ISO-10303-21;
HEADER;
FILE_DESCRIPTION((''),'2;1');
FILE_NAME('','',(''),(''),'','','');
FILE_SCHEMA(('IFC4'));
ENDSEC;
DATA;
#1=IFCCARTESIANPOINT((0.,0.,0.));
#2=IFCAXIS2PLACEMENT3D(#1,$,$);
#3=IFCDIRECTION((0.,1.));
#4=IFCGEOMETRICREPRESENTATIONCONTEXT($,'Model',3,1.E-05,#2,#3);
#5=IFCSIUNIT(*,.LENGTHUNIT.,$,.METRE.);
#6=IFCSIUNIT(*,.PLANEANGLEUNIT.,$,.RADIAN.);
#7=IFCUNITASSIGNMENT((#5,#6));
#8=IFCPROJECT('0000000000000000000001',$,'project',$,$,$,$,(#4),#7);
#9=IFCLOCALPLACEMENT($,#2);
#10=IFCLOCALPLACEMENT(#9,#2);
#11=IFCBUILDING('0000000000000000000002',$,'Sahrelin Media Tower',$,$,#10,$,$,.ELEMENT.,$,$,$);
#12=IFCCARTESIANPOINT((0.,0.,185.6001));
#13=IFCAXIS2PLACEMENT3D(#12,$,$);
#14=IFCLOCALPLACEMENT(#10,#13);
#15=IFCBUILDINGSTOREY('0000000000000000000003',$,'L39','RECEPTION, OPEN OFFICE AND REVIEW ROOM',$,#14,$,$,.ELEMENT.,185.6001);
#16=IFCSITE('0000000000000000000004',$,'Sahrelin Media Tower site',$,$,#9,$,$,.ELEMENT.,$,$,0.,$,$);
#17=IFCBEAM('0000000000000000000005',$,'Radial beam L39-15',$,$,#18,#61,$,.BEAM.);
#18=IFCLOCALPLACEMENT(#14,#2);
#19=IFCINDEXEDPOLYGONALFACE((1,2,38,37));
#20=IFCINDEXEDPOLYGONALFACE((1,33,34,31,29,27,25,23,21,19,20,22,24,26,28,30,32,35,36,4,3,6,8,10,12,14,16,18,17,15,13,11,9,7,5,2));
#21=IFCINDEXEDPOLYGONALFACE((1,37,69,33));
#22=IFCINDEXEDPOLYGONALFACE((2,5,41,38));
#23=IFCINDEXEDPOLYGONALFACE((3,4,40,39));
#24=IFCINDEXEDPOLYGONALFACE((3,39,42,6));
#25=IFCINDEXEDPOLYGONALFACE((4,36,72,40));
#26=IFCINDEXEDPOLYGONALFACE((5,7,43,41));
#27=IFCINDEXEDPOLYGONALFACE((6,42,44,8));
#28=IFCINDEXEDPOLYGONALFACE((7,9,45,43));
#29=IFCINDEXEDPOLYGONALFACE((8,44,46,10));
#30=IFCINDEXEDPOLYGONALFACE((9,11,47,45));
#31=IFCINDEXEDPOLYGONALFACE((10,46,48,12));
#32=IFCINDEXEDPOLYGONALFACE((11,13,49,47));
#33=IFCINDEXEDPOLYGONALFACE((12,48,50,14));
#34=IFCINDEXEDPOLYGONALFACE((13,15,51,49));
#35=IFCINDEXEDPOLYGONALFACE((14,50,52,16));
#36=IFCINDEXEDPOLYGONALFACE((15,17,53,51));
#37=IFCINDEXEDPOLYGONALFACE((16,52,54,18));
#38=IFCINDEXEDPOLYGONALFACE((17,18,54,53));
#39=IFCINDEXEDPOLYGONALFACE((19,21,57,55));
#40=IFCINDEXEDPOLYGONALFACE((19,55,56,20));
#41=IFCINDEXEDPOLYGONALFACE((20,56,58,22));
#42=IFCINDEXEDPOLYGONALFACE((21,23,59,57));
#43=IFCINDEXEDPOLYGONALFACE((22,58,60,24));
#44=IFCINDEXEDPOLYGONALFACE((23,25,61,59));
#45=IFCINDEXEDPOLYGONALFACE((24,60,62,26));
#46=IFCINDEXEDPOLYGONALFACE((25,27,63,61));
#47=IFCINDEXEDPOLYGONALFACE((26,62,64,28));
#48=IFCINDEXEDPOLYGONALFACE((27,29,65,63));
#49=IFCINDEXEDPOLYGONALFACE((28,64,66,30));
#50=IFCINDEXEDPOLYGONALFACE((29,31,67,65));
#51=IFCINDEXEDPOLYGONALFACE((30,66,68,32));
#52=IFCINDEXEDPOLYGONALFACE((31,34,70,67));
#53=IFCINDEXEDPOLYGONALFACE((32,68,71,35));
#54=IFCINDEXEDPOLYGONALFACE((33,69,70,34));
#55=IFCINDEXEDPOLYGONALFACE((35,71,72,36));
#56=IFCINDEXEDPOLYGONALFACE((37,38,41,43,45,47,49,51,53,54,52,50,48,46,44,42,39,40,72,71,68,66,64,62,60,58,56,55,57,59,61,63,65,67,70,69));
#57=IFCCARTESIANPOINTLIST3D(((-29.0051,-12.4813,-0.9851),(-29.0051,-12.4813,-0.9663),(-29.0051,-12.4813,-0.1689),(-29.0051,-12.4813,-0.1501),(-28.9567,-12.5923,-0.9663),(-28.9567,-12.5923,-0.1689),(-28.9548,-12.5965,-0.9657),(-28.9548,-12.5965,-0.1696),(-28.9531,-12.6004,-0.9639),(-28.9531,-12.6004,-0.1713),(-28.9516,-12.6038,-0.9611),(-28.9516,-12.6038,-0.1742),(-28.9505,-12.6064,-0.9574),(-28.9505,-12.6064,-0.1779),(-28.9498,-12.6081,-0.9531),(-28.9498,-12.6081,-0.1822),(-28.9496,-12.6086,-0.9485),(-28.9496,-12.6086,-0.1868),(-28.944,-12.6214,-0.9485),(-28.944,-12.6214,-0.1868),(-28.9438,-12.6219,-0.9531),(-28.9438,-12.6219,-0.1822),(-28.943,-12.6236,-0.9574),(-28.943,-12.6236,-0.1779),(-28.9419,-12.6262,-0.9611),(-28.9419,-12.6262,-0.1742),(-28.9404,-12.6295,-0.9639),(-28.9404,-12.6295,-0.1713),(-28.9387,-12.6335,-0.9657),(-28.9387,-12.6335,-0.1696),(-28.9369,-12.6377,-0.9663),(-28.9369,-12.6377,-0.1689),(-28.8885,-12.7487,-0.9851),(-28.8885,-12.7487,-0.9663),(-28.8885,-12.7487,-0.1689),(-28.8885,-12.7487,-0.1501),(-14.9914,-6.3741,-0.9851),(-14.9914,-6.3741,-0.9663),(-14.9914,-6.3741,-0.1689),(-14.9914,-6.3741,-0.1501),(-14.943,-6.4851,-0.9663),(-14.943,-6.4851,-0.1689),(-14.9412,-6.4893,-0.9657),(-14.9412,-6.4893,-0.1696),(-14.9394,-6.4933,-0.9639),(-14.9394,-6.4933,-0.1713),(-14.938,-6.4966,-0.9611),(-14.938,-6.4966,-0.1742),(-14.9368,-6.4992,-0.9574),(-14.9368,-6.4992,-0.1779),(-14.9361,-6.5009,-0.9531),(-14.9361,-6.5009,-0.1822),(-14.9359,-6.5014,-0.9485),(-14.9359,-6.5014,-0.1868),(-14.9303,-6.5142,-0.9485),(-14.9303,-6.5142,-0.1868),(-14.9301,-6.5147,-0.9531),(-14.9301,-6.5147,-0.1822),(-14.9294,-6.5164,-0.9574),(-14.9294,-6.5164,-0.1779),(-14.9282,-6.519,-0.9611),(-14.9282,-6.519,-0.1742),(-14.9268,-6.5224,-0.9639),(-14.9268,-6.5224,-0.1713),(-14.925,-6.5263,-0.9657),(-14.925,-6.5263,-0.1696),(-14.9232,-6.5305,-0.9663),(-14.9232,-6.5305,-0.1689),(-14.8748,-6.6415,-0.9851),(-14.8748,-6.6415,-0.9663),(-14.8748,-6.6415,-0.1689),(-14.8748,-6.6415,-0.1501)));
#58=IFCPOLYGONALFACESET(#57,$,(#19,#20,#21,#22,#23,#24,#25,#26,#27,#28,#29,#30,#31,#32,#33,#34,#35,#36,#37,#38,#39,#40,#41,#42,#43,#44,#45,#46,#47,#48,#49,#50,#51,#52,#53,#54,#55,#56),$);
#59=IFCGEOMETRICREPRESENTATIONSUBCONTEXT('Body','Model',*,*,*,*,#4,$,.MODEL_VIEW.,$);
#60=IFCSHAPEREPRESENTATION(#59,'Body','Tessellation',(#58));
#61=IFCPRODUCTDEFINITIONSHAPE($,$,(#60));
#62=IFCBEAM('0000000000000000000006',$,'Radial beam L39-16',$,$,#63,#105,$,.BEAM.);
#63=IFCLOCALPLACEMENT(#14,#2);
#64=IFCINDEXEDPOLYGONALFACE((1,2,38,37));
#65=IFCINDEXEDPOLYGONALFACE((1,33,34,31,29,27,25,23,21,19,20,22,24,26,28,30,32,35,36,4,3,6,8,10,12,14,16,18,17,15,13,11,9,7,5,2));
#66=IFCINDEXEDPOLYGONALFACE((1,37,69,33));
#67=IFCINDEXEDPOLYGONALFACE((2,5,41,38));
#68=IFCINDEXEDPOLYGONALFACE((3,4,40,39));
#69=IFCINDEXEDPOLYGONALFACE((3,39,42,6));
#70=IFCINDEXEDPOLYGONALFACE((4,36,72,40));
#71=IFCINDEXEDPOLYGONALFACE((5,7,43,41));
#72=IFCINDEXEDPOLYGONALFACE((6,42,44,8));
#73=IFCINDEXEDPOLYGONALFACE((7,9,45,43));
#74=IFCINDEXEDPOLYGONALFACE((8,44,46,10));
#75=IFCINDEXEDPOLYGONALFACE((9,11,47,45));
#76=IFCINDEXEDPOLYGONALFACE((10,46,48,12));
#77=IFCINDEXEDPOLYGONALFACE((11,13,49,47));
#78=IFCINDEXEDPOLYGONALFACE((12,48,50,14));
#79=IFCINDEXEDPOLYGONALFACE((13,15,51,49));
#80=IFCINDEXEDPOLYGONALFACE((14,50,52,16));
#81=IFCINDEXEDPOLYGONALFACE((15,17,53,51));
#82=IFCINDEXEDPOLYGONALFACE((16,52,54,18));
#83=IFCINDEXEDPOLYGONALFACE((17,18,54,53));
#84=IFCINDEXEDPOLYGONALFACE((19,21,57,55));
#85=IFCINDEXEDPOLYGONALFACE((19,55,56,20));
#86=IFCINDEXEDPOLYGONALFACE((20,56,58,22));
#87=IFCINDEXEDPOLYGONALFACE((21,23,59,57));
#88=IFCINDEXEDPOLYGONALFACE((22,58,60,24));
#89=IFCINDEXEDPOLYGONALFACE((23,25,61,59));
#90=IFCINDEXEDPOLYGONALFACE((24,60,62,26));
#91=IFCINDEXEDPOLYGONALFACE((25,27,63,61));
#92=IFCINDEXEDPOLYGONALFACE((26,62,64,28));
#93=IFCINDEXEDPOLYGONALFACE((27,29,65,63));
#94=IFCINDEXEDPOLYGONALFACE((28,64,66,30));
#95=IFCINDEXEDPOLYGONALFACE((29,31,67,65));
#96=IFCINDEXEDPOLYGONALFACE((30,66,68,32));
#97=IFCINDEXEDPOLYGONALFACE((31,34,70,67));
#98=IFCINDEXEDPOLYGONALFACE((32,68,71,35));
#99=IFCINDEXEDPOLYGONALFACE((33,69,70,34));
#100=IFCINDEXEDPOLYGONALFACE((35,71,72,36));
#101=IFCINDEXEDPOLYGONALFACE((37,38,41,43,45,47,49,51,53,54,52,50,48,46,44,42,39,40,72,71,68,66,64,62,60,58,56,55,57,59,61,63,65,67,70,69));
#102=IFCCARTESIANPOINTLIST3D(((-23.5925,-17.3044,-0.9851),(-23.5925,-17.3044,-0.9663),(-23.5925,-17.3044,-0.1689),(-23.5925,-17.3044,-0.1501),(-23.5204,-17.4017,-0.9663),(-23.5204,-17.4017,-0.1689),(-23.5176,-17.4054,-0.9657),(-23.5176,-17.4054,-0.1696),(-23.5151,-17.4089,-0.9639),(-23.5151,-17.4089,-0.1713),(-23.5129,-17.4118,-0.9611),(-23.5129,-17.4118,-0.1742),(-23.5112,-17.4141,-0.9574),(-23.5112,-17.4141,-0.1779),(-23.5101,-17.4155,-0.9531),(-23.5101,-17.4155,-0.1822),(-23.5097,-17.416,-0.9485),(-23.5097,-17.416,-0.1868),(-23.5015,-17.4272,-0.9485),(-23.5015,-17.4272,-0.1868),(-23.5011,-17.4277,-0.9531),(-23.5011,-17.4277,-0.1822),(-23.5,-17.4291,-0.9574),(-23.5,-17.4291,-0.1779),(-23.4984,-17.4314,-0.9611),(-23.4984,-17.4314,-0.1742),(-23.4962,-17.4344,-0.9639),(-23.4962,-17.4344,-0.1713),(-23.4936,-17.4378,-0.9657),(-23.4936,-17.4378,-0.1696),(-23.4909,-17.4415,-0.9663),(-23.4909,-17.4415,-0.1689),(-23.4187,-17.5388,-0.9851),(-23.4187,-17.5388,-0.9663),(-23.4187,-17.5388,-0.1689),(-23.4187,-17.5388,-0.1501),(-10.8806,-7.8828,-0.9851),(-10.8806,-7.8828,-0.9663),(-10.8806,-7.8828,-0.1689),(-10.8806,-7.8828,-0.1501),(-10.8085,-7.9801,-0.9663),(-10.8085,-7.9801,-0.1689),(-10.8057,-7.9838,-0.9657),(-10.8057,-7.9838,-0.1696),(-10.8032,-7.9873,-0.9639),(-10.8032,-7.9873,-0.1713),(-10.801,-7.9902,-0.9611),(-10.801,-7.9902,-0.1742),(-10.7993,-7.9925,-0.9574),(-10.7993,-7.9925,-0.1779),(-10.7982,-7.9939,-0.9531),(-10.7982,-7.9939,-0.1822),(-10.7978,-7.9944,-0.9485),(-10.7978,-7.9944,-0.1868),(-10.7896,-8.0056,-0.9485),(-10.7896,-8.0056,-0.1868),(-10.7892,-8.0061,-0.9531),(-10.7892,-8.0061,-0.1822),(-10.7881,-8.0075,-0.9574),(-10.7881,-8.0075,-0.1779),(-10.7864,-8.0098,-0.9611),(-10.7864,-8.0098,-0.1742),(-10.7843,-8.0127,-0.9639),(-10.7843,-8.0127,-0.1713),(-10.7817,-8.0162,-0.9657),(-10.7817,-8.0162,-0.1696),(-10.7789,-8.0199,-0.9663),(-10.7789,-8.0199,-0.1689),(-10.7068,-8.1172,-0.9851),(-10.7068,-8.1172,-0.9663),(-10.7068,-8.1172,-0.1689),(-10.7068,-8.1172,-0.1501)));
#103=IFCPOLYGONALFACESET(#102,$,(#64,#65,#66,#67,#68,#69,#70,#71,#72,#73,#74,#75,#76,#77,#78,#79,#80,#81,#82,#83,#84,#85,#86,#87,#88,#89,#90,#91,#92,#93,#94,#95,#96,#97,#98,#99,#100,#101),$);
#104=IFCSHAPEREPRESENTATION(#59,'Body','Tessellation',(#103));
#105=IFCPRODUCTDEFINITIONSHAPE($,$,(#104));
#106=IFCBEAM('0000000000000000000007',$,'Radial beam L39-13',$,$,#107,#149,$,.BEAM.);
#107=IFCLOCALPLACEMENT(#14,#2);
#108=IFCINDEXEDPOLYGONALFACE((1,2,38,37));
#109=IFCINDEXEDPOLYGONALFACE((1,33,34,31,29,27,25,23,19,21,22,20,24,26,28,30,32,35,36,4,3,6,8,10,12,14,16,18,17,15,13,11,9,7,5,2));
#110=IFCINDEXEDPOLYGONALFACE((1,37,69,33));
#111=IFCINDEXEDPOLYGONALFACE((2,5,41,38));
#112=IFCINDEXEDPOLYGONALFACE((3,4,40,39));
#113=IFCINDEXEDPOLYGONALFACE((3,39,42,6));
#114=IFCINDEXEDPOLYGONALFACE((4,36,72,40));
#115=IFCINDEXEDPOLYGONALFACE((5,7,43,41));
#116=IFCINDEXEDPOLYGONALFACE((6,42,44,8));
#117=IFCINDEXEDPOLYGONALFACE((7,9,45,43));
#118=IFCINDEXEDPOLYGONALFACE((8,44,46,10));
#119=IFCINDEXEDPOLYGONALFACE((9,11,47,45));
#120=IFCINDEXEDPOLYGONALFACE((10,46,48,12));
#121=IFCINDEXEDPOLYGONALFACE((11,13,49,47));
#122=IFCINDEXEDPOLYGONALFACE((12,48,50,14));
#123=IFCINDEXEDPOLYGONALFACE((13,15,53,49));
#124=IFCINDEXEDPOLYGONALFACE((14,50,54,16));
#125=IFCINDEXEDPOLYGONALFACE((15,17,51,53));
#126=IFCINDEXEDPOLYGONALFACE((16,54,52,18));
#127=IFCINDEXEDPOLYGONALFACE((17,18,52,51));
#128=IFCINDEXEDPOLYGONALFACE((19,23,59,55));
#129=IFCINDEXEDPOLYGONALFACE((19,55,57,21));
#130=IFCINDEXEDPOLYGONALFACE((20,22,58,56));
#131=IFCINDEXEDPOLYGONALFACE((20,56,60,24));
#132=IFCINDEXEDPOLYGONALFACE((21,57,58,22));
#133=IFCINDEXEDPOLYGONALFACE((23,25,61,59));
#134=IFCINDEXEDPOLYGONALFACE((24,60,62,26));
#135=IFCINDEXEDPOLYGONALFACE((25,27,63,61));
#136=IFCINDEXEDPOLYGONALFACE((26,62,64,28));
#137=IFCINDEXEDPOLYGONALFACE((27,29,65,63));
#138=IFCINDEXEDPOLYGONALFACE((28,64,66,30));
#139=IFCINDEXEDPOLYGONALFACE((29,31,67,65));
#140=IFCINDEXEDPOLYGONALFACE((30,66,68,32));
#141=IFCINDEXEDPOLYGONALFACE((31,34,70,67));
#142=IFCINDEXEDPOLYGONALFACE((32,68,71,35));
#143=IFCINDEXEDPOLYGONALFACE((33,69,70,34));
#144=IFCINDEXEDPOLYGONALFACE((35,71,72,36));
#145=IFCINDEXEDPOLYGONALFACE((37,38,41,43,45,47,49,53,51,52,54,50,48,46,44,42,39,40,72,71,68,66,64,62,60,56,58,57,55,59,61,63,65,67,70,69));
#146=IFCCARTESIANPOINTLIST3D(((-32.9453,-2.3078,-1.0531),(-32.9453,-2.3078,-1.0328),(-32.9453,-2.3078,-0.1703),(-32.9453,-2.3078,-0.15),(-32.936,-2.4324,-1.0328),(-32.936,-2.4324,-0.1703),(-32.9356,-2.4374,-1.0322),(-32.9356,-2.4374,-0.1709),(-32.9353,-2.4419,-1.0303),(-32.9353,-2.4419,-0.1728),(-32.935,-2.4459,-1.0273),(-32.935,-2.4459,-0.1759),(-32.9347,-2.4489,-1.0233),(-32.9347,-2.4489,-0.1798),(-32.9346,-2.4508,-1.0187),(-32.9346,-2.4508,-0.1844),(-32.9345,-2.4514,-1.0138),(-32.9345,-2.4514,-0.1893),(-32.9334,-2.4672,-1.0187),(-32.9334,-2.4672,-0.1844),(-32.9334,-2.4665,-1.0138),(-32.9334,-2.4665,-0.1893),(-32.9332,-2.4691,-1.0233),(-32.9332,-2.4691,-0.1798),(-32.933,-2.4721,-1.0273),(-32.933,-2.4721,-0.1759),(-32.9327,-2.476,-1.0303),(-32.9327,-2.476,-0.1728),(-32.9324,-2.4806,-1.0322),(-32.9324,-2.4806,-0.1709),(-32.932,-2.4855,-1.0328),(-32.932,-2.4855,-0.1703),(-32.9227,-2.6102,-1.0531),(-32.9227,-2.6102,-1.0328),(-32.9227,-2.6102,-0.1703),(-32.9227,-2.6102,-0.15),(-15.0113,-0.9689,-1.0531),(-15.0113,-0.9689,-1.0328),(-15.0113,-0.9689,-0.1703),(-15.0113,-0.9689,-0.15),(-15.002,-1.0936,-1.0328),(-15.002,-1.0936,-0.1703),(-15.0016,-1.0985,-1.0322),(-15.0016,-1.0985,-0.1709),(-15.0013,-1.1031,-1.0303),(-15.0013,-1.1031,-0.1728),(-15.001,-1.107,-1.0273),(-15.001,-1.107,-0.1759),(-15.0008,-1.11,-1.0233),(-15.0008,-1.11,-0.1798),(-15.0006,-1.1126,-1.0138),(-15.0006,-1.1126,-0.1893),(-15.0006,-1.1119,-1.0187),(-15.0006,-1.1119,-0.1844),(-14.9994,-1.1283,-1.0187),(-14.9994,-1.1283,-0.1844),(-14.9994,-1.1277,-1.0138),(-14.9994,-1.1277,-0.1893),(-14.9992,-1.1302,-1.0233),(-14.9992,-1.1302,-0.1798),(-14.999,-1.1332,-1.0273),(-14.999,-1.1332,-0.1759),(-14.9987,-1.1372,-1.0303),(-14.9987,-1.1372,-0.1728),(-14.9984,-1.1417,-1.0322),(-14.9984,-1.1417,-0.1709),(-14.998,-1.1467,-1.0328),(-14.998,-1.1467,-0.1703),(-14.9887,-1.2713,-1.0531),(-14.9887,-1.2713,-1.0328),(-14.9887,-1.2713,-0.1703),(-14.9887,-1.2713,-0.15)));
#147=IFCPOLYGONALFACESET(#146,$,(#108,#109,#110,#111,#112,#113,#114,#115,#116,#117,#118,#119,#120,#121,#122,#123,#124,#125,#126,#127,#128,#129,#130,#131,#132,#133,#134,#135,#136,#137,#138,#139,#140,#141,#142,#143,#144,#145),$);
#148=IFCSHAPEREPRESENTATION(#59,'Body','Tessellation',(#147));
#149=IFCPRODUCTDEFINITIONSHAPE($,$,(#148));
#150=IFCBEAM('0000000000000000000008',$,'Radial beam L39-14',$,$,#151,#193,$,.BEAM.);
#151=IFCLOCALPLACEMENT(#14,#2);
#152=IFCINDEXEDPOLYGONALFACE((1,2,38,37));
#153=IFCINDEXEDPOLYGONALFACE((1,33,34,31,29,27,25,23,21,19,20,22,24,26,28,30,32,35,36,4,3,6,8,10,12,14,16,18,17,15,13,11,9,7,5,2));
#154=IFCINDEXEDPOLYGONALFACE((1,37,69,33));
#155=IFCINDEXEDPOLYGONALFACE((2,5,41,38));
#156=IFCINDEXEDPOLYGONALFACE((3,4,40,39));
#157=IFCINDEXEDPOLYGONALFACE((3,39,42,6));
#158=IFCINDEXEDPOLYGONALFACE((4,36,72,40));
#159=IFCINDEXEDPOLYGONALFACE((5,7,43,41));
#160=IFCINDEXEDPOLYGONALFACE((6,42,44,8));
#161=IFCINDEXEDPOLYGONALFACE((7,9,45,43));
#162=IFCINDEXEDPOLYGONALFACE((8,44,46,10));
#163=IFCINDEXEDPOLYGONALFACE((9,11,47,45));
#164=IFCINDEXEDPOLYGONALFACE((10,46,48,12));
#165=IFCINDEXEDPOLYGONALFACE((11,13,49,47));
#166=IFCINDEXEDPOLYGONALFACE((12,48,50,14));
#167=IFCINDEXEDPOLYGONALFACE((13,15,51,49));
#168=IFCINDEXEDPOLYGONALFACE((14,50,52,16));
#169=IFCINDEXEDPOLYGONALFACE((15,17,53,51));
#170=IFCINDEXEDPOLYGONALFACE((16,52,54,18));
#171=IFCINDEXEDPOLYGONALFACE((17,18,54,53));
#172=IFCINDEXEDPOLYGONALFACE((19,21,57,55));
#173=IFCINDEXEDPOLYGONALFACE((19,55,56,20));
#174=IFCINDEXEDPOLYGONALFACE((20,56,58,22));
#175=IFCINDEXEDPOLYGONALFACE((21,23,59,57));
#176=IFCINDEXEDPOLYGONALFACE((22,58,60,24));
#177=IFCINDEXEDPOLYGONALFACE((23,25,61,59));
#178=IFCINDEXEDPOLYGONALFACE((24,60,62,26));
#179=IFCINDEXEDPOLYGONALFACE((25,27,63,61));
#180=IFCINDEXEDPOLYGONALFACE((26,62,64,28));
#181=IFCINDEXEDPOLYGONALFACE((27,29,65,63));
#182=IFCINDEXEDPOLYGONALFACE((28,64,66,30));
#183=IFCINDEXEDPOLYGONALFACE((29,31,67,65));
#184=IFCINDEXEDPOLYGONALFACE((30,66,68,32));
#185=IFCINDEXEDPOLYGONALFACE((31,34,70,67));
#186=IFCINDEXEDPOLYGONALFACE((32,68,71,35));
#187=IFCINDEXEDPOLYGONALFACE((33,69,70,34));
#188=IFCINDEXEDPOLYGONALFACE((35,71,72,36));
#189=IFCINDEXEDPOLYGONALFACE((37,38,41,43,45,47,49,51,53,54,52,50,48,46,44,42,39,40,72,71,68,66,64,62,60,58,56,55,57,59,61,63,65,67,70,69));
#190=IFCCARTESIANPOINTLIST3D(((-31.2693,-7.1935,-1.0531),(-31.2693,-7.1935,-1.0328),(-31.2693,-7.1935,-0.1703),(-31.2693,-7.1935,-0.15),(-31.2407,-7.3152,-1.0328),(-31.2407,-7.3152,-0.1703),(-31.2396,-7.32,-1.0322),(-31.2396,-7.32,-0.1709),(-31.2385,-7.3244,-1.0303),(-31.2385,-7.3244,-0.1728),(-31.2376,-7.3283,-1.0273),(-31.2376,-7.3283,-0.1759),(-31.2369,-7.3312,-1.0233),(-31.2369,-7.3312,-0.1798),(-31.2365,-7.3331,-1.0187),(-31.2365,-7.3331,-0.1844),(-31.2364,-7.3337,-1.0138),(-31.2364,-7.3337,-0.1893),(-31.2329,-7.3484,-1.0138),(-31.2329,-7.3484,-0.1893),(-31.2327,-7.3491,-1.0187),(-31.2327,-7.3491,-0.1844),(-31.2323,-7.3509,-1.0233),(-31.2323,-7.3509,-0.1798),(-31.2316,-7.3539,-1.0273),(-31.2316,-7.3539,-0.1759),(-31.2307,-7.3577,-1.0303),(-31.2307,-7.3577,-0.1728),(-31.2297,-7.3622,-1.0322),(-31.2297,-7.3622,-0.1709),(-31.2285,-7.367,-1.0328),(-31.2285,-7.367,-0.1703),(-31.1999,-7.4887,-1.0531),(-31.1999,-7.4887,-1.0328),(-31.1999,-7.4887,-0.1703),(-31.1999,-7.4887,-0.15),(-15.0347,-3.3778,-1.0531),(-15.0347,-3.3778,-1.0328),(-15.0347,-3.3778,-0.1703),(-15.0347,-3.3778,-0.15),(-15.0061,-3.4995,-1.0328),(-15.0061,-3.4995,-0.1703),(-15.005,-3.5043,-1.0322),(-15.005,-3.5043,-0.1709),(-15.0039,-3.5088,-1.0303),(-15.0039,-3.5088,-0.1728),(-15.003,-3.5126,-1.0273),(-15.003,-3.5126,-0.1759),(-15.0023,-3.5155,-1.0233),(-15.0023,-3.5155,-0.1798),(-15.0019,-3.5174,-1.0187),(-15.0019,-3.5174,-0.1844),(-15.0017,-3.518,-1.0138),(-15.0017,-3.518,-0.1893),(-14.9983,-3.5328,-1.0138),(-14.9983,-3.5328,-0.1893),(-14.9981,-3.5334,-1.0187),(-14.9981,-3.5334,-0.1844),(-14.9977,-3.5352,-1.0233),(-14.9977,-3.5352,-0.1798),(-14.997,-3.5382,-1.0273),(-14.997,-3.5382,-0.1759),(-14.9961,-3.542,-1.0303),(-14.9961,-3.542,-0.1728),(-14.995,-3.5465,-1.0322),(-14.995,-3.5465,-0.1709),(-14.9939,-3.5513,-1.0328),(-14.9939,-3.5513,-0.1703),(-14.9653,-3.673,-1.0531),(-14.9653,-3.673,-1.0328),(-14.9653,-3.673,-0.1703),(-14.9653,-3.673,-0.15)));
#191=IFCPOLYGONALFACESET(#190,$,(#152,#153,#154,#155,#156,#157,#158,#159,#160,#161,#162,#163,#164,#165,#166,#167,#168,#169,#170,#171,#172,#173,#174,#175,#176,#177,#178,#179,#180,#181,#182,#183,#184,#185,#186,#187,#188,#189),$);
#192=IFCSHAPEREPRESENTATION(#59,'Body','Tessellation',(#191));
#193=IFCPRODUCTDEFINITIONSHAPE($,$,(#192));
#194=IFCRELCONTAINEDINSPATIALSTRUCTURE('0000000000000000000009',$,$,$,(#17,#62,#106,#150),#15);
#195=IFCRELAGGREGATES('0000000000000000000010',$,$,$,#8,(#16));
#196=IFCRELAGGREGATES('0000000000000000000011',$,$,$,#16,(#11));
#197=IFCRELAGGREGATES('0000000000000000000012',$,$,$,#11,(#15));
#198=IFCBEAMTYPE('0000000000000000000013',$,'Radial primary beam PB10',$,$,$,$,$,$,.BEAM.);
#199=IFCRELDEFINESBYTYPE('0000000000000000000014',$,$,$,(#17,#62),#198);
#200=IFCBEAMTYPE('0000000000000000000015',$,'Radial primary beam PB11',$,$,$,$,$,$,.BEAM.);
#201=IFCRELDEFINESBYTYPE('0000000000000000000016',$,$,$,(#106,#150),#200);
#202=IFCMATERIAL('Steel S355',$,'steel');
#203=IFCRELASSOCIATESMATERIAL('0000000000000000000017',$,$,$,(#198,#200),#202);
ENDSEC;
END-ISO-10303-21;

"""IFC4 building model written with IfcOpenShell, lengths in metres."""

from ifc_helpers import new_model, si_unit, direction, frame, origin, origin_2d, place, context, subcontext, project, spatial, i_section, extrude, material, material_profile, profile_set, type_object, element, save


model = new_model("IFC4")

# Units and contexts
model_context = context("Model", 3, precision=1e-05, world=origin(), true_north=direction((0.0, 1.0)))
body_context = subcontext(model_context, "Body", "Model", "MODEL_VIEW")
ifc_project = project(units=[si_unit("LENGTHUNIT", "METRE"), si_unit("PLANEANGLEUNIT", "RADIAN")], contexts=[model_context])

# Site, building, storey
site_placement = place(None, origin())
site = spatial("IfcSite", under=ifc_project, at=site_placement, Name="Sahrelin Media Tower site", CompositionType="ELEMENT", RefElevation=0.0)
building_placement = place(site_placement, origin())
building = spatial("IfcBuilding", under=site, at=building_placement, Name="Sahrelin Media Tower", CompositionType="ELEMENT")
storey_placement = place(building_placement, frame((0.0, 0.0, 185.6001)))
storey = spatial("IfcBuildingStorey", under=building, at=storey_placement, Name="L39", Description="RECEPTION, OPEN OFFICE AND REVIEW ROOM", CompositionType="ELEMENT", Elevation=185.6001)

# Beams
ifc_material_1 = material(Name="Steel S355", Category="steel")
ifc_material_profile_1 = material_profile(ifc_material_1, i_section(OverallWidth=0.2917, OverallDepth=0.835, WebThickness=0.0139, FlangeThickness=0.0188, FilletRadius=0.0178, at=origin_2d()), Name="UB 838x292x176")
ifc_profile_set_1 = profile_set([ifc_material_profile_1], Name="Steel S355")
beam_type_1 = type_object("IfcBeamType", Name="Radial primary beam PB10", PredefinedType="BEAM", material=ifc_profile_set_1)
beam_1_placement = place(storey_placement, frame((-14.9331, -6.5078, -0.5676), z_axis=(-0.916728, -0.399511, 0.0), x_axis=(0.399511, -0.916728, 0.0)))
element("IfcBeam", 1, at=beam_1_placement, inside=storey, type_object=beam_type_1, Name="Radial beam L39-15", PredefinedType="BEAM", context=body_context, shape_type="SweptSolid", body=[
    extrude(i_section(OverallWidth=0.2917, OverallDepth=0.835, WebThickness=0.0139, FlangeThickness=0.0188, FilletRadius=0.0178, at=origin_2d()), origin(), (0.0, 0.0, 1.0), 15.2866),
])
beam_2_placement = place(storey_placement, frame((-10.7937, -8.0, -0.5676), z_axis=(-0.803394, -0.595448, 0.0), x_axis=(0.595448, -0.803394, 0.0)))
element("IfcBeam", 2, at=beam_2_placement, inside=storey, type_object=beam_type_1, Name="Radial beam L39-16", PredefinedType="BEAM", context=body_context, shape_type="SweptSolid", body=[
    extrude(i_section(OverallWidth=0.2917, OverallDepth=0.835, WebThickness=0.0139, FlangeThickness=0.0188, FilletRadius=0.0178, at=origin_2d()), origin(), (0.0, 0.0, 1.0), 15.8228),
])
ifc_material_profile_2 = material_profile(ifc_material_1, i_section(OverallWidth=0.3032, OverallDepth=0.9031, WebThickness=0.0151, FlangeThickness=0.0203, FilletRadius=0.019, at=origin_2d()), Name="UB 914x305x201")
ifc_profile_set_2 = profile_set([ifc_material_profile_2], Name="Steel S355")
beam_type_2 = type_object("IfcBeamType", Name="Radial primary beam PB11", PredefinedType="BEAM", material=ifc_profile_set_2)
beam_3_placement = place(storey_placement, frame((-15.0, -1.1201, -0.6016), z_axis=(-0.997225, -0.074448, 0.0), x_axis=(0.074448, -0.997225, 0.0)))
element("IfcBeam", 3, at=beam_3_placement, inside=storey, type_object=beam_type_2, Name="Radial beam L39-13", PredefinedType="BEAM", context=body_context, shape_type="SweptSolid", body=[
    extrude(i_section(OverallWidth=0.3032, OverallDepth=0.9031, WebThickness=0.0151, FlangeThickness=0.0203, FilletRadius=0.019, at=origin_2d()), origin(), (0.0, 0.0, 1.0), 17.9839),
])
beam_4_placement = place(storey_placement, frame((-15.0, -3.5254, -0.6016), z_axis=(-0.973474, -0.228799, 0.0), x_axis=(0.228799, -0.973474, 0.0)))
element("IfcBeam", 4, at=beam_4_placement, inside=storey, type_object=beam_type_2, Name="Radial beam L39-14", PredefinedType="BEAM", context=body_context, shape_type="SweptSolid", body=[
    extrude(i_section(OverallWidth=0.3032, OverallDepth=0.9031, WebThickness=0.0151, FlangeThickness=0.0203, FilletRadius=0.019, at=origin_2d()), origin(), (0.0, 0.0, 1.0), 16.677),
])

save(model, "model.ifc")
